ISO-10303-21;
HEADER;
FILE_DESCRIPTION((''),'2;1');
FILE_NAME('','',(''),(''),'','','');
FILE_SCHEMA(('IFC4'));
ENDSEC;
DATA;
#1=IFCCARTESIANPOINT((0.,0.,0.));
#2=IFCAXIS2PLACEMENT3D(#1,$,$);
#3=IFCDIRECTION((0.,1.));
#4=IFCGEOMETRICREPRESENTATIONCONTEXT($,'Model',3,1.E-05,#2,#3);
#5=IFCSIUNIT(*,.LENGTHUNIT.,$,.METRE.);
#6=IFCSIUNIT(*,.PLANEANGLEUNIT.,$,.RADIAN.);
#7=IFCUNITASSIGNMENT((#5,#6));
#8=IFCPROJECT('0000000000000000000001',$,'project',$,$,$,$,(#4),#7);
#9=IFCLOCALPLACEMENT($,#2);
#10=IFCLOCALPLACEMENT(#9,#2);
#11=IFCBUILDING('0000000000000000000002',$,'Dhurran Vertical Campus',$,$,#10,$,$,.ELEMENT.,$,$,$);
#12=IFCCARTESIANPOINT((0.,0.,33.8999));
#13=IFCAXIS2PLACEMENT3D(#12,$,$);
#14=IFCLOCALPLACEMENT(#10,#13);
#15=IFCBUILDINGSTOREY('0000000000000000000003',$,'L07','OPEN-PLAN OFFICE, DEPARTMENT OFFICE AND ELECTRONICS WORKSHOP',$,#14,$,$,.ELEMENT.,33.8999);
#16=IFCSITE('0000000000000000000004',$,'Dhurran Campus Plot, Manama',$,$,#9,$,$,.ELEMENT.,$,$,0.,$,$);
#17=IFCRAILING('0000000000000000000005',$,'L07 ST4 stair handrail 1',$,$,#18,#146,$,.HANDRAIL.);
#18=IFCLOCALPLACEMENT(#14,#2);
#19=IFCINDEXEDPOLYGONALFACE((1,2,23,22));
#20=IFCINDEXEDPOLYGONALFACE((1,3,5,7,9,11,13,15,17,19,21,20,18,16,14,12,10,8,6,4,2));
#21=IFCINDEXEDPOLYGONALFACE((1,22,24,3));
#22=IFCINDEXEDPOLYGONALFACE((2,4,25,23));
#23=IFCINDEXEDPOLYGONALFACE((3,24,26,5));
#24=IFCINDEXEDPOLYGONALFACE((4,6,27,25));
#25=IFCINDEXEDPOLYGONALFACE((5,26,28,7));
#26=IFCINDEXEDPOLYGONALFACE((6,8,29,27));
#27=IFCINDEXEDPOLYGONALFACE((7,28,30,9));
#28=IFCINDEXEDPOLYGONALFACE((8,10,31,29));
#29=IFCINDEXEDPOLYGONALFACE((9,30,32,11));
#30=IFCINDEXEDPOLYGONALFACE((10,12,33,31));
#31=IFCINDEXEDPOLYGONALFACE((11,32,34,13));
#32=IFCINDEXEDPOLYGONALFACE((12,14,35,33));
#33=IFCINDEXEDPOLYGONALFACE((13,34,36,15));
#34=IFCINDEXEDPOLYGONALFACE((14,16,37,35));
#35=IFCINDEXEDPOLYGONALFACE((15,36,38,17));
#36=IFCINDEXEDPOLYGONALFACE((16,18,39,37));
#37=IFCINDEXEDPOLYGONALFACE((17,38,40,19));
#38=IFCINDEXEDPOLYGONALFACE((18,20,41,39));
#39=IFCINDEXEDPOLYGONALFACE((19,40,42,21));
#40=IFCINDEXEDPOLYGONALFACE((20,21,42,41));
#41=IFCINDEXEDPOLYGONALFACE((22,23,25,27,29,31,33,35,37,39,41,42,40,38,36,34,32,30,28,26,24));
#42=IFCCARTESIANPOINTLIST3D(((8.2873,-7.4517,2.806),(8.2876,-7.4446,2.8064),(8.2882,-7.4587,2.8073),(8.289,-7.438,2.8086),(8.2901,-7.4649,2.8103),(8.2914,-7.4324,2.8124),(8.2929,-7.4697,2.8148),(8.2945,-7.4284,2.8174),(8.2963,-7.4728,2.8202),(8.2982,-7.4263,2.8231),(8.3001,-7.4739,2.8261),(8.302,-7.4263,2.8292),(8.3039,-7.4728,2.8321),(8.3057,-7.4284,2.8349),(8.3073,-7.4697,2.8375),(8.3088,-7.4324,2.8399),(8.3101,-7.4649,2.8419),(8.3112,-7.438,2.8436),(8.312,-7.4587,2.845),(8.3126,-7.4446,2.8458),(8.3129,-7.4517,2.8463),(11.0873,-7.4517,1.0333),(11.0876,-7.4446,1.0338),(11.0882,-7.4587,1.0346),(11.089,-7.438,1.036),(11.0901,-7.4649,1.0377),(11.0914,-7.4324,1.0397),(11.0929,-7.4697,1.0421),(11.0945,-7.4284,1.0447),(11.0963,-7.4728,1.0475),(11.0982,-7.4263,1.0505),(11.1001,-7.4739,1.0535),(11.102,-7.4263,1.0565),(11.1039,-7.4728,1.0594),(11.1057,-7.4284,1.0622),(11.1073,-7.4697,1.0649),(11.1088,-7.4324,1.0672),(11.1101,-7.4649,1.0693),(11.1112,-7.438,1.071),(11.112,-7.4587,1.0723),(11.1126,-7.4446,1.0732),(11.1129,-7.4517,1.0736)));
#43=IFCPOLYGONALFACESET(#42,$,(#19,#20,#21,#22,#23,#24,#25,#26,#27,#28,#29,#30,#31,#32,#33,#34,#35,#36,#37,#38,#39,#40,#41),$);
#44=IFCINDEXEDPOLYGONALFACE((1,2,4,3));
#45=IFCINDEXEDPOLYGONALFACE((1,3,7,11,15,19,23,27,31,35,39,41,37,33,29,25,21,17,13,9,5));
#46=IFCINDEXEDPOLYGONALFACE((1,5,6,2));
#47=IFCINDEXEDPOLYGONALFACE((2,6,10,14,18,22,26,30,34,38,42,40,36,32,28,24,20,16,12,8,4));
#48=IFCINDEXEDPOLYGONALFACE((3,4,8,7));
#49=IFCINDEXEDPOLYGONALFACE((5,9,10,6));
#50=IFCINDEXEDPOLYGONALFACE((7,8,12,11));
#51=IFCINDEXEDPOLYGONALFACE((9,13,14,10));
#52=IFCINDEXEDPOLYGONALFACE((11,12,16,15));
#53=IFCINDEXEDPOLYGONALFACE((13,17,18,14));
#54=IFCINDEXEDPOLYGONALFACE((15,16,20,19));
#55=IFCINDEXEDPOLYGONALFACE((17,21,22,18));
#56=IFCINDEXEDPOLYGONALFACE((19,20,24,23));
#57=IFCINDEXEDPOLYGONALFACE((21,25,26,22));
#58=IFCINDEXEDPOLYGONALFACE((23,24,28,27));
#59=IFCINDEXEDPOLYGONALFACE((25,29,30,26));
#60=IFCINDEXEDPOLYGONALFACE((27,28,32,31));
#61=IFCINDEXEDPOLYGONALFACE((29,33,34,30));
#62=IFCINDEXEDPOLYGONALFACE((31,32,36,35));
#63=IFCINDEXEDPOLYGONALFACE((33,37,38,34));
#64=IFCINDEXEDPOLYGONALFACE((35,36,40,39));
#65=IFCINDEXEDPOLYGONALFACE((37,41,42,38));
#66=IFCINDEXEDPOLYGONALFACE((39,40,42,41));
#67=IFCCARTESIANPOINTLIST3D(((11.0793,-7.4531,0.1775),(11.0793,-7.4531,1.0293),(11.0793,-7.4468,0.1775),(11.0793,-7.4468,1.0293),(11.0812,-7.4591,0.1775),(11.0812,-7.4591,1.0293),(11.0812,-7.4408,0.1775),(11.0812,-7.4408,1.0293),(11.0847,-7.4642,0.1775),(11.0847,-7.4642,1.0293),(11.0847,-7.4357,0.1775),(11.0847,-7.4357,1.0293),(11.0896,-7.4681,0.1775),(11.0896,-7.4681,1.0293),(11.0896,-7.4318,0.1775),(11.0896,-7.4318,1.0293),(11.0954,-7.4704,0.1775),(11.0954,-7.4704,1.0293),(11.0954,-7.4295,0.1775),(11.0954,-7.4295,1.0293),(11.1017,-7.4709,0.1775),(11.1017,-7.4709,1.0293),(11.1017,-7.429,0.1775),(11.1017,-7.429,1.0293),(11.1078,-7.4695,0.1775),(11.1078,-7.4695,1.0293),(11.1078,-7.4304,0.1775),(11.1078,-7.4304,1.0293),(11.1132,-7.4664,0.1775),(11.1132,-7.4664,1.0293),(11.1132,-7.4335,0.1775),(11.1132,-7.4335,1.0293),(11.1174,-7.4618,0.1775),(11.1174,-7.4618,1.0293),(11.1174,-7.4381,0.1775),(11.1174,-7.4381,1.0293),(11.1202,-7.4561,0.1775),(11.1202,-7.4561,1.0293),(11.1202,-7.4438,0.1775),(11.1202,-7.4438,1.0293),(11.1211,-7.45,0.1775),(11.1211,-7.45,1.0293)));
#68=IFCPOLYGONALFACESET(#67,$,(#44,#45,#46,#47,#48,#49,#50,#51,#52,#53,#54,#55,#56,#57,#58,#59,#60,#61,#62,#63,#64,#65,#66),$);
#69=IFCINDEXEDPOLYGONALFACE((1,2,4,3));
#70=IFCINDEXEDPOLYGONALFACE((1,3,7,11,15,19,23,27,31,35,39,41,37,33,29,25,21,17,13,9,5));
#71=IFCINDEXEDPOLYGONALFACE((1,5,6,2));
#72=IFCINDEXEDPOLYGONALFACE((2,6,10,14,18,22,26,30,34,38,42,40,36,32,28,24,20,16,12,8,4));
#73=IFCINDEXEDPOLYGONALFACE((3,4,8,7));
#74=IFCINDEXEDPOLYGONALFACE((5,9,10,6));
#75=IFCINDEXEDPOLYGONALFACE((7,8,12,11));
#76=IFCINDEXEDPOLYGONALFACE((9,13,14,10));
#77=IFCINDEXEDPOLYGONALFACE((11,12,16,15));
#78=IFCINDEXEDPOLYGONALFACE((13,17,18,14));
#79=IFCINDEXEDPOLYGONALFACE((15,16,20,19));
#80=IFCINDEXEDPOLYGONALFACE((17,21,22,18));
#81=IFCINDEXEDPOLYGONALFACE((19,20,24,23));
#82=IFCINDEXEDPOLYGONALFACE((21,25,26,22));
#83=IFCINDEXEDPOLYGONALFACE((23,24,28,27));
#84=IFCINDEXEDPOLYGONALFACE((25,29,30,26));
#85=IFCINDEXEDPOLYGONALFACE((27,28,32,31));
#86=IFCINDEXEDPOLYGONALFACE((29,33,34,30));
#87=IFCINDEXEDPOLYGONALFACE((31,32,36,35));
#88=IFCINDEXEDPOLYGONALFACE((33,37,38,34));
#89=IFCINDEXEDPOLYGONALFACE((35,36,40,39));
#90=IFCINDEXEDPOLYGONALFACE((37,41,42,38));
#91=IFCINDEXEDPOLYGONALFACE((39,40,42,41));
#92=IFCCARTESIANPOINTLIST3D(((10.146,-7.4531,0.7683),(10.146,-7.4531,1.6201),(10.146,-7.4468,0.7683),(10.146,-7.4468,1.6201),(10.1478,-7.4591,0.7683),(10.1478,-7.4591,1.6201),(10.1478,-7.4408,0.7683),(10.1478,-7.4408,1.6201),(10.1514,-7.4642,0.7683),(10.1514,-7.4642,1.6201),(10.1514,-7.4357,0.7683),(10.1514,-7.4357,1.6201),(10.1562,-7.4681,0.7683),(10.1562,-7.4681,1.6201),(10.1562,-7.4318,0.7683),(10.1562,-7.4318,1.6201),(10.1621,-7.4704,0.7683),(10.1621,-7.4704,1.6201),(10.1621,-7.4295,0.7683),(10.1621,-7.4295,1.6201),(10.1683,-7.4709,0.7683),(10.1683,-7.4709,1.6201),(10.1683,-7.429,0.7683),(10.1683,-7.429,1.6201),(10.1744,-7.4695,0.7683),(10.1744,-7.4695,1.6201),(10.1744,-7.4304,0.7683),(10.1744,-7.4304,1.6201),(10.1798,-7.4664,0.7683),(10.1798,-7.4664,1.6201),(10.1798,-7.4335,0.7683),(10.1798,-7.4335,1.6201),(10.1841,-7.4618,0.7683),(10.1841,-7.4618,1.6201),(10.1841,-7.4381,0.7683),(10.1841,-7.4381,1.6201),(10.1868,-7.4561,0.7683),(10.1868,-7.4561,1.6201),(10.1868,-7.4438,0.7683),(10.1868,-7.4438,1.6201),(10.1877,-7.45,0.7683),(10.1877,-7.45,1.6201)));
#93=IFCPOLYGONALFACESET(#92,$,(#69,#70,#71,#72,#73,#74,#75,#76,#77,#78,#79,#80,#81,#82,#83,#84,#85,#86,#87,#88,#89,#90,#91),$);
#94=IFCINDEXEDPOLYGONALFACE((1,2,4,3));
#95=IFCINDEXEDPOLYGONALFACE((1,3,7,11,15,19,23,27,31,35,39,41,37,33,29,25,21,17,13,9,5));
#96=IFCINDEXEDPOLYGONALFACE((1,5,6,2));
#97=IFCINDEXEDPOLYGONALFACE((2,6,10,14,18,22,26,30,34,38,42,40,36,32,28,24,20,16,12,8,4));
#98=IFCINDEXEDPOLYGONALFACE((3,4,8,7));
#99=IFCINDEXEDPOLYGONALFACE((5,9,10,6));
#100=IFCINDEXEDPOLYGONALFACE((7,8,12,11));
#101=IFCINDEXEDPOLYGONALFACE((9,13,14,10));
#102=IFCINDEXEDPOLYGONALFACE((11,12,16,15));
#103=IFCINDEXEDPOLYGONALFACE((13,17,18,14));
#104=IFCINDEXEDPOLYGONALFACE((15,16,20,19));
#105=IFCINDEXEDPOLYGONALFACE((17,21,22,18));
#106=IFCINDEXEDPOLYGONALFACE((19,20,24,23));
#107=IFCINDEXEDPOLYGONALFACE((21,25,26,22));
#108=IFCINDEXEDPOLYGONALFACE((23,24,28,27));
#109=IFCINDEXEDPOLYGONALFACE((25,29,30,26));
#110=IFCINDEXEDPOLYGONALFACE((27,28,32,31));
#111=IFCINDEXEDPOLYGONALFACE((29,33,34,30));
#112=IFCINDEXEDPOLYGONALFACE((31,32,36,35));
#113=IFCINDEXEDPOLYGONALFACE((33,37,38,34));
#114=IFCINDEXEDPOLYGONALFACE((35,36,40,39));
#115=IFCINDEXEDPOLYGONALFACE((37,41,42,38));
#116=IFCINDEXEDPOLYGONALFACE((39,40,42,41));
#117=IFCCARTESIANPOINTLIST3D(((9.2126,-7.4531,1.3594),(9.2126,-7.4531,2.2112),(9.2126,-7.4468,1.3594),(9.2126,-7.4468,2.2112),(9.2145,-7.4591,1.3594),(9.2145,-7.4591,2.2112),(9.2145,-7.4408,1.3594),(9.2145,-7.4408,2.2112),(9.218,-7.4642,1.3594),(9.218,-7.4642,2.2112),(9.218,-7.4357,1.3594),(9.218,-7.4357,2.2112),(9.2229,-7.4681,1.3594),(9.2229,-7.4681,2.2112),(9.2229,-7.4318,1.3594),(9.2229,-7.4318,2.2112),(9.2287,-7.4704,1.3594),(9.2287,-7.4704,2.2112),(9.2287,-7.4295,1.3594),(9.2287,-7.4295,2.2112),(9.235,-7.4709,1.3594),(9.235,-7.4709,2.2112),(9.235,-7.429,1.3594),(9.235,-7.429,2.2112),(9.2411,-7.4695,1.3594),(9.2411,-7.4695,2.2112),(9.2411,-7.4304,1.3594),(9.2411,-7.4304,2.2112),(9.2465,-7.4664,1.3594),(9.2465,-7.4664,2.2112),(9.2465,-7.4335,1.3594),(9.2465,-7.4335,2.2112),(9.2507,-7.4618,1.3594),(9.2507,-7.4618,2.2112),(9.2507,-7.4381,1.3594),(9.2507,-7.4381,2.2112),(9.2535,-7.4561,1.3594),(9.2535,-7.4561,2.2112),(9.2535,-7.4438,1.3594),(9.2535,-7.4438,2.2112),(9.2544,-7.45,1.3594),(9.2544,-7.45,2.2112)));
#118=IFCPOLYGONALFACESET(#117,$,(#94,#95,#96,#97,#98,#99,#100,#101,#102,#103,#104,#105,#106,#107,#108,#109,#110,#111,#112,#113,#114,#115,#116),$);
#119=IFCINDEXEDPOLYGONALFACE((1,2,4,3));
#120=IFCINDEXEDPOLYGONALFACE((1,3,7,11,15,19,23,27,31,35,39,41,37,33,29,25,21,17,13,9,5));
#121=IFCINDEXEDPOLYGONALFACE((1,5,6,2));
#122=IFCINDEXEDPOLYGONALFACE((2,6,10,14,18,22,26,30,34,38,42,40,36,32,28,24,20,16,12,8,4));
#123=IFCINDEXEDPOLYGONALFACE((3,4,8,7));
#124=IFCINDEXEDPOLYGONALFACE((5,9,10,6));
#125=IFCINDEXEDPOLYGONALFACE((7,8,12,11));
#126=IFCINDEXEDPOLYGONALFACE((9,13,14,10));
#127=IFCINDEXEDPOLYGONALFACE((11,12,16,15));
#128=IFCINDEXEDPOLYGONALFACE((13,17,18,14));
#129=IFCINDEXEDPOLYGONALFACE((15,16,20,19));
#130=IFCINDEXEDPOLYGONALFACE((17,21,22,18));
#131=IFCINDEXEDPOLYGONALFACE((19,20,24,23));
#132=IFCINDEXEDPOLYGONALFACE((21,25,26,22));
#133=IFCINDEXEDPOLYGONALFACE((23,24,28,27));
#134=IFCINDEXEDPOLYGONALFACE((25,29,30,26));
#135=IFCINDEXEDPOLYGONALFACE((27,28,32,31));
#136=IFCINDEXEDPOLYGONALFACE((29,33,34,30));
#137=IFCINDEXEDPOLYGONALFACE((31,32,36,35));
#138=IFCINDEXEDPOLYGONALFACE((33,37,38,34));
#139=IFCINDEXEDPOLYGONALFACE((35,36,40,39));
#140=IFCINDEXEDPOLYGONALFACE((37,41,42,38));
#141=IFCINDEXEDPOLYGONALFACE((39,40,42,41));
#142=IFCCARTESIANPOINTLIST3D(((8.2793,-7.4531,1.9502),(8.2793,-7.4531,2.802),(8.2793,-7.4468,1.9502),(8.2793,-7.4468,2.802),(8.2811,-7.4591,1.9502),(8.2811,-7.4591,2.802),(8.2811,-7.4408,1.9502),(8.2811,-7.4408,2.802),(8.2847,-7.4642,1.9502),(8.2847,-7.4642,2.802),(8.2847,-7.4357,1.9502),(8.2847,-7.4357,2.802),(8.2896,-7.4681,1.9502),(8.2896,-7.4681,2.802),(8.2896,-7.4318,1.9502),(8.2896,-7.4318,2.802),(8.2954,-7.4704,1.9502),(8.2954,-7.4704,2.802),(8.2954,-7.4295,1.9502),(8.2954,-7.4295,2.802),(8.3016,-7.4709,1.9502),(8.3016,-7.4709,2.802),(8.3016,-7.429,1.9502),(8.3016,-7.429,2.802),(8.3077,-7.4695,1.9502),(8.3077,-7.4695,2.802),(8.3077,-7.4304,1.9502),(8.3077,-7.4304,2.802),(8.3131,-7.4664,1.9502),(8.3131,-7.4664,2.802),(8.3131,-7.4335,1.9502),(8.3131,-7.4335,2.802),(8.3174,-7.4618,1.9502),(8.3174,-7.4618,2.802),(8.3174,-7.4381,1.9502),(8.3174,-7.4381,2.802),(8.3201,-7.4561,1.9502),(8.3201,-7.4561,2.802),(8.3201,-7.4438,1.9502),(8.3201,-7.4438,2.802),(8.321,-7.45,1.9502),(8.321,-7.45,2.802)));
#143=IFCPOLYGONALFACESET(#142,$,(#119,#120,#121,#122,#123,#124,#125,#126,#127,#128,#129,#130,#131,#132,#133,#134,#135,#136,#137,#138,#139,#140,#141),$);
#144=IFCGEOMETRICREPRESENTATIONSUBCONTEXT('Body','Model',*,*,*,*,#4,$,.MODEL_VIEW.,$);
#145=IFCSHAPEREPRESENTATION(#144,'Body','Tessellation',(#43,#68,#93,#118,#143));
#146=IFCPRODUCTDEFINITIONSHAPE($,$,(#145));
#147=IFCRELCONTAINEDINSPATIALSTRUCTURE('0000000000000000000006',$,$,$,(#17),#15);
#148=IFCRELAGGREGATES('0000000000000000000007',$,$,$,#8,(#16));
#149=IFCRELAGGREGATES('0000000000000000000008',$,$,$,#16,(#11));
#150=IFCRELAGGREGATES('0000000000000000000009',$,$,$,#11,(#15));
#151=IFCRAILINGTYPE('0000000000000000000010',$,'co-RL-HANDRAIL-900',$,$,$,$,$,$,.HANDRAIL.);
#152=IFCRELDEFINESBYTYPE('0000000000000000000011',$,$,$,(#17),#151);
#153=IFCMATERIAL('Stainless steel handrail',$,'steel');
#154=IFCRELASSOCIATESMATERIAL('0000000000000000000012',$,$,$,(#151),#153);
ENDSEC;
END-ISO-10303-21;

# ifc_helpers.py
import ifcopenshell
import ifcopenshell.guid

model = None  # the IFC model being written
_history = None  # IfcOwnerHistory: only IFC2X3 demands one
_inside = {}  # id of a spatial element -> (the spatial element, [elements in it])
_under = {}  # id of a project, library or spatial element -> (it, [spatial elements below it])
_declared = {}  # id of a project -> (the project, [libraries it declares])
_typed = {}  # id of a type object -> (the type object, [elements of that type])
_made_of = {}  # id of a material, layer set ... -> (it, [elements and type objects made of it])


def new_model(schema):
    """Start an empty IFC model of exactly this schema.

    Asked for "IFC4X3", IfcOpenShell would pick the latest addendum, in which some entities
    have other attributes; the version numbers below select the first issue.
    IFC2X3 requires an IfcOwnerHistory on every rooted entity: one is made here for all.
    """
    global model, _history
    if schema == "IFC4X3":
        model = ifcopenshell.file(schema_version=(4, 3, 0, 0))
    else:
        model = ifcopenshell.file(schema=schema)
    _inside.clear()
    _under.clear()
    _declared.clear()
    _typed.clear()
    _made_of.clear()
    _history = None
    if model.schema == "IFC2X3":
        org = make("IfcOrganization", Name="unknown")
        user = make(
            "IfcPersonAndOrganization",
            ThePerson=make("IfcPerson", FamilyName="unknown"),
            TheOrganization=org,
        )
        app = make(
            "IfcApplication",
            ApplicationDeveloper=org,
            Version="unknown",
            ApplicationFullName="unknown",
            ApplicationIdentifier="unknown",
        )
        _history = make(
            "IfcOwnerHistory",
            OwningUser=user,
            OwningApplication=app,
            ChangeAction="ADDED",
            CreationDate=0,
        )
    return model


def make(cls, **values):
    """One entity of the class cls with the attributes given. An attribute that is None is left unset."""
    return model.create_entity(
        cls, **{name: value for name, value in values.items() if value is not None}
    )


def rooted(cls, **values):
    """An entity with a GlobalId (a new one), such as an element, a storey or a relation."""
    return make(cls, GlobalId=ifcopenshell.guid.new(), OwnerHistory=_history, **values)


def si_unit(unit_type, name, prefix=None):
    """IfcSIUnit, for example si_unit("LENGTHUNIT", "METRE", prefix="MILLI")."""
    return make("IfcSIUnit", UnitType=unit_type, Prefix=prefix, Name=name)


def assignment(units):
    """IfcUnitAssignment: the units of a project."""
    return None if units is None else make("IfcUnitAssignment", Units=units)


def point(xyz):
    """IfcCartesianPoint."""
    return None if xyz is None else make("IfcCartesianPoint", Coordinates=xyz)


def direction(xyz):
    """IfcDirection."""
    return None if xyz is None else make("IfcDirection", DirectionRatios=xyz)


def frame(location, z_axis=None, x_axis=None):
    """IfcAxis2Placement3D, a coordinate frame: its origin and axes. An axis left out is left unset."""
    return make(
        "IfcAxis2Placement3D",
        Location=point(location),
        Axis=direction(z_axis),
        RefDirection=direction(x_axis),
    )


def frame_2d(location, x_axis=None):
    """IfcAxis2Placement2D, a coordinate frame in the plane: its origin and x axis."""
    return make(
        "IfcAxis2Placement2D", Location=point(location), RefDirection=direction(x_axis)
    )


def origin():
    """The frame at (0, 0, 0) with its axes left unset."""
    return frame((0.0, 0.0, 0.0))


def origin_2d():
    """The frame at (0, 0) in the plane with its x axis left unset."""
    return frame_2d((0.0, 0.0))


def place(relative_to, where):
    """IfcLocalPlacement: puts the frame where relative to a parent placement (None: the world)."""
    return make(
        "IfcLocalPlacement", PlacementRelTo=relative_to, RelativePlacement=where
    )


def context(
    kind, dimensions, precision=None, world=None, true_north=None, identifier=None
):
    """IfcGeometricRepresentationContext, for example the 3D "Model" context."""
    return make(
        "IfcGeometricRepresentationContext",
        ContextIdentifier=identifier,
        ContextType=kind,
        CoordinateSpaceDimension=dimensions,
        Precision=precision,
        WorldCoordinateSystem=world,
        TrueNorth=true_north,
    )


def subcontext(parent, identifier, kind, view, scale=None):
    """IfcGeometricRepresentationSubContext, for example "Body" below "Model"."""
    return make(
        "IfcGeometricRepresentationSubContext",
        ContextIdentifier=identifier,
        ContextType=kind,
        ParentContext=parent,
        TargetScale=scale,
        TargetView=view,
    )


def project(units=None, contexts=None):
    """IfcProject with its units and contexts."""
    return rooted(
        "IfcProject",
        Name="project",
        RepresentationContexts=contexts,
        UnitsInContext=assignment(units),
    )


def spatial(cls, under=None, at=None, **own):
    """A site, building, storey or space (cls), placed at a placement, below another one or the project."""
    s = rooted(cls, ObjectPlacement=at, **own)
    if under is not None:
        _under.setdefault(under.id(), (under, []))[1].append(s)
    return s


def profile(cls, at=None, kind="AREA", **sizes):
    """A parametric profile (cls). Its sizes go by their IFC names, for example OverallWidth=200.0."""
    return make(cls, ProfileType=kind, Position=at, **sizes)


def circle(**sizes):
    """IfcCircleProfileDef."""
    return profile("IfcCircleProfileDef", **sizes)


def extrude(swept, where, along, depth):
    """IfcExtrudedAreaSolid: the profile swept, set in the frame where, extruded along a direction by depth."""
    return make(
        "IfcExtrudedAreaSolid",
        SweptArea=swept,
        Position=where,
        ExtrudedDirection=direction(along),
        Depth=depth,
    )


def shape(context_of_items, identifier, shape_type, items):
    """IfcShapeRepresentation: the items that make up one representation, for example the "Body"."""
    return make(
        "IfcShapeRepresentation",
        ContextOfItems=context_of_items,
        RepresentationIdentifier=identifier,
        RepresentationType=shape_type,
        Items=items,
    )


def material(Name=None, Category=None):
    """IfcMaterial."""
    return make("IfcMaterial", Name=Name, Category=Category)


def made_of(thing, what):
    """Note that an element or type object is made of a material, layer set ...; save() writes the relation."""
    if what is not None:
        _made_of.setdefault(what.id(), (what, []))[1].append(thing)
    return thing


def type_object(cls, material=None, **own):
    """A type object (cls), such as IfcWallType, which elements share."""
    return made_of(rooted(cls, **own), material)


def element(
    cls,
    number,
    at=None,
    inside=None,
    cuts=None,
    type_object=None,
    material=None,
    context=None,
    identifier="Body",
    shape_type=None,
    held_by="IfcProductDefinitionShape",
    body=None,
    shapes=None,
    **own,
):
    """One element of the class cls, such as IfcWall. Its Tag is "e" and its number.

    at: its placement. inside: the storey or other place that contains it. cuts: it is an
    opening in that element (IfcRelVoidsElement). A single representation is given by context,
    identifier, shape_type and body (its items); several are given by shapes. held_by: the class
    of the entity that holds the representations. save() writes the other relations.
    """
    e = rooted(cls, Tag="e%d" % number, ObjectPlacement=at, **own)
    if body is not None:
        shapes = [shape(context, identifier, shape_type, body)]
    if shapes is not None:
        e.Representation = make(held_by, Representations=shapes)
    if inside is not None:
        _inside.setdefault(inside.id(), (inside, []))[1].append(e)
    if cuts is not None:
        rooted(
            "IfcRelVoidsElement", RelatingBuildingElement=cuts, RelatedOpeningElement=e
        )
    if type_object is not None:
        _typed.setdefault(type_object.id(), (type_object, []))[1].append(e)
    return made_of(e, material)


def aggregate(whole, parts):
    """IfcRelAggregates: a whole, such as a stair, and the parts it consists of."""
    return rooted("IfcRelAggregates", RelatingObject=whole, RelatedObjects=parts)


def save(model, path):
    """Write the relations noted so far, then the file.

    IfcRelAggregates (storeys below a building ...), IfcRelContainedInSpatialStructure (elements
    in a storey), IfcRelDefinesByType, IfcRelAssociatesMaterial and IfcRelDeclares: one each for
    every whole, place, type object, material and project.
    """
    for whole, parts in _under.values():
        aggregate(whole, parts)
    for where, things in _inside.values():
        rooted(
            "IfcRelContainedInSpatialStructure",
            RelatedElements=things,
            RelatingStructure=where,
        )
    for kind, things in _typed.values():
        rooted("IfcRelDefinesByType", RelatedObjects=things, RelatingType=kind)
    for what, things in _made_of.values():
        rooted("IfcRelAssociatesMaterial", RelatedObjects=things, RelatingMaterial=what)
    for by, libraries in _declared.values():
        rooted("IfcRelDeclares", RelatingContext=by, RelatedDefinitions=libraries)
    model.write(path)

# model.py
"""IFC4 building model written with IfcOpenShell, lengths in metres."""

from ifc_helpers import new_model, si_unit, direction, frame, origin, origin_2d, place, context, subcontext, project, spatial, circle, extrude, material, type_object, element, save


model = new_model("IFC4")

# Units and contexts
model_context = context("Model", 3, precision=1e-05, world=origin(), true_north=direction((0.0, 1.0)))
body_context = subcontext(model_context, "Body", "Model", "MODEL_VIEW")
ifc_project = project(units=[si_unit("LENGTHUNIT", "METRE"), si_unit("PLANEANGLEUNIT", "RADIAN")], contexts=[model_context])

# Site, building, storey
site_placement = place(None, origin())
site = spatial("IfcSite", under=ifc_project, at=site_placement, Name="Dhurran Campus Plot, Manama", CompositionType="ELEMENT", RefElevation=0.0)
building_placement = place(site_placement, origin())
building = spatial("IfcBuilding", under=site, at=building_placement, Name="Dhurran Vertical Campus", CompositionType="ELEMENT")
storey_placement = place(building_placement, frame((0.0, 0.0, 33.8999)))
storey = spatial("IfcBuildingStorey", under=building, at=storey_placement, Name="L07", Description="OPEN-PLAN OFFICE, DEPARTMENT OFFICE AND ELECTRONICS WORKSHOP", CompositionType="ELEMENT", Elevation=33.8999)

# Railing
ifc_material_1 = material(Name="Stainless steel handrail", Category="steel")
railing_type_1 = type_object("IfcRailingType", Name="co-RL-HANDRAIL-900", PredefinedType="HANDRAIL", material=ifc_material_1)
railing_1_placement = place(storey_placement, frame((11.1001, -7.45, 0.1775)))
element("IfcRailing", 1, at=railing_1_placement, inside=storey, type_object=railing_type_1, Name="L07 ST4 stair handrail 1", PredefinedType="HANDRAIL", context=body_context, shape_type="SweptSolid", body=[
    extrude(circle(Radius=0.0239, at=origin_2d()), frame((0.0, 0.0, 0.876), z_axis=(-0.844909, 0.0, 0.53491), x_axis=(0.0, -1.0, 0.0)), (0.0, 0.0, 1.0), 3.314),
    extrude(circle(Radius=0.021, at=origin_2d()), origin(), (0.0, 0.0, 1.0), 0.8518),
    extrude(circle(Radius=0.021, at=origin_2d()), frame((-0.9333, 0.0, 0.5908)), (0.0, 0.0, 1.0), 0.8518),
    extrude(circle(Radius=0.021, at=origin_2d()), frame((-1.8667, 0.0, 1.1819)), (0.0, 0.0, 1.0), 0.8518),
    extrude(circle(Radius=0.021, at=origin_2d()), frame((-2.8, 0.0, 1.7727)), (0.0, 0.0, 1.0), 0.8518),
])

save(model, "model.ifc")
